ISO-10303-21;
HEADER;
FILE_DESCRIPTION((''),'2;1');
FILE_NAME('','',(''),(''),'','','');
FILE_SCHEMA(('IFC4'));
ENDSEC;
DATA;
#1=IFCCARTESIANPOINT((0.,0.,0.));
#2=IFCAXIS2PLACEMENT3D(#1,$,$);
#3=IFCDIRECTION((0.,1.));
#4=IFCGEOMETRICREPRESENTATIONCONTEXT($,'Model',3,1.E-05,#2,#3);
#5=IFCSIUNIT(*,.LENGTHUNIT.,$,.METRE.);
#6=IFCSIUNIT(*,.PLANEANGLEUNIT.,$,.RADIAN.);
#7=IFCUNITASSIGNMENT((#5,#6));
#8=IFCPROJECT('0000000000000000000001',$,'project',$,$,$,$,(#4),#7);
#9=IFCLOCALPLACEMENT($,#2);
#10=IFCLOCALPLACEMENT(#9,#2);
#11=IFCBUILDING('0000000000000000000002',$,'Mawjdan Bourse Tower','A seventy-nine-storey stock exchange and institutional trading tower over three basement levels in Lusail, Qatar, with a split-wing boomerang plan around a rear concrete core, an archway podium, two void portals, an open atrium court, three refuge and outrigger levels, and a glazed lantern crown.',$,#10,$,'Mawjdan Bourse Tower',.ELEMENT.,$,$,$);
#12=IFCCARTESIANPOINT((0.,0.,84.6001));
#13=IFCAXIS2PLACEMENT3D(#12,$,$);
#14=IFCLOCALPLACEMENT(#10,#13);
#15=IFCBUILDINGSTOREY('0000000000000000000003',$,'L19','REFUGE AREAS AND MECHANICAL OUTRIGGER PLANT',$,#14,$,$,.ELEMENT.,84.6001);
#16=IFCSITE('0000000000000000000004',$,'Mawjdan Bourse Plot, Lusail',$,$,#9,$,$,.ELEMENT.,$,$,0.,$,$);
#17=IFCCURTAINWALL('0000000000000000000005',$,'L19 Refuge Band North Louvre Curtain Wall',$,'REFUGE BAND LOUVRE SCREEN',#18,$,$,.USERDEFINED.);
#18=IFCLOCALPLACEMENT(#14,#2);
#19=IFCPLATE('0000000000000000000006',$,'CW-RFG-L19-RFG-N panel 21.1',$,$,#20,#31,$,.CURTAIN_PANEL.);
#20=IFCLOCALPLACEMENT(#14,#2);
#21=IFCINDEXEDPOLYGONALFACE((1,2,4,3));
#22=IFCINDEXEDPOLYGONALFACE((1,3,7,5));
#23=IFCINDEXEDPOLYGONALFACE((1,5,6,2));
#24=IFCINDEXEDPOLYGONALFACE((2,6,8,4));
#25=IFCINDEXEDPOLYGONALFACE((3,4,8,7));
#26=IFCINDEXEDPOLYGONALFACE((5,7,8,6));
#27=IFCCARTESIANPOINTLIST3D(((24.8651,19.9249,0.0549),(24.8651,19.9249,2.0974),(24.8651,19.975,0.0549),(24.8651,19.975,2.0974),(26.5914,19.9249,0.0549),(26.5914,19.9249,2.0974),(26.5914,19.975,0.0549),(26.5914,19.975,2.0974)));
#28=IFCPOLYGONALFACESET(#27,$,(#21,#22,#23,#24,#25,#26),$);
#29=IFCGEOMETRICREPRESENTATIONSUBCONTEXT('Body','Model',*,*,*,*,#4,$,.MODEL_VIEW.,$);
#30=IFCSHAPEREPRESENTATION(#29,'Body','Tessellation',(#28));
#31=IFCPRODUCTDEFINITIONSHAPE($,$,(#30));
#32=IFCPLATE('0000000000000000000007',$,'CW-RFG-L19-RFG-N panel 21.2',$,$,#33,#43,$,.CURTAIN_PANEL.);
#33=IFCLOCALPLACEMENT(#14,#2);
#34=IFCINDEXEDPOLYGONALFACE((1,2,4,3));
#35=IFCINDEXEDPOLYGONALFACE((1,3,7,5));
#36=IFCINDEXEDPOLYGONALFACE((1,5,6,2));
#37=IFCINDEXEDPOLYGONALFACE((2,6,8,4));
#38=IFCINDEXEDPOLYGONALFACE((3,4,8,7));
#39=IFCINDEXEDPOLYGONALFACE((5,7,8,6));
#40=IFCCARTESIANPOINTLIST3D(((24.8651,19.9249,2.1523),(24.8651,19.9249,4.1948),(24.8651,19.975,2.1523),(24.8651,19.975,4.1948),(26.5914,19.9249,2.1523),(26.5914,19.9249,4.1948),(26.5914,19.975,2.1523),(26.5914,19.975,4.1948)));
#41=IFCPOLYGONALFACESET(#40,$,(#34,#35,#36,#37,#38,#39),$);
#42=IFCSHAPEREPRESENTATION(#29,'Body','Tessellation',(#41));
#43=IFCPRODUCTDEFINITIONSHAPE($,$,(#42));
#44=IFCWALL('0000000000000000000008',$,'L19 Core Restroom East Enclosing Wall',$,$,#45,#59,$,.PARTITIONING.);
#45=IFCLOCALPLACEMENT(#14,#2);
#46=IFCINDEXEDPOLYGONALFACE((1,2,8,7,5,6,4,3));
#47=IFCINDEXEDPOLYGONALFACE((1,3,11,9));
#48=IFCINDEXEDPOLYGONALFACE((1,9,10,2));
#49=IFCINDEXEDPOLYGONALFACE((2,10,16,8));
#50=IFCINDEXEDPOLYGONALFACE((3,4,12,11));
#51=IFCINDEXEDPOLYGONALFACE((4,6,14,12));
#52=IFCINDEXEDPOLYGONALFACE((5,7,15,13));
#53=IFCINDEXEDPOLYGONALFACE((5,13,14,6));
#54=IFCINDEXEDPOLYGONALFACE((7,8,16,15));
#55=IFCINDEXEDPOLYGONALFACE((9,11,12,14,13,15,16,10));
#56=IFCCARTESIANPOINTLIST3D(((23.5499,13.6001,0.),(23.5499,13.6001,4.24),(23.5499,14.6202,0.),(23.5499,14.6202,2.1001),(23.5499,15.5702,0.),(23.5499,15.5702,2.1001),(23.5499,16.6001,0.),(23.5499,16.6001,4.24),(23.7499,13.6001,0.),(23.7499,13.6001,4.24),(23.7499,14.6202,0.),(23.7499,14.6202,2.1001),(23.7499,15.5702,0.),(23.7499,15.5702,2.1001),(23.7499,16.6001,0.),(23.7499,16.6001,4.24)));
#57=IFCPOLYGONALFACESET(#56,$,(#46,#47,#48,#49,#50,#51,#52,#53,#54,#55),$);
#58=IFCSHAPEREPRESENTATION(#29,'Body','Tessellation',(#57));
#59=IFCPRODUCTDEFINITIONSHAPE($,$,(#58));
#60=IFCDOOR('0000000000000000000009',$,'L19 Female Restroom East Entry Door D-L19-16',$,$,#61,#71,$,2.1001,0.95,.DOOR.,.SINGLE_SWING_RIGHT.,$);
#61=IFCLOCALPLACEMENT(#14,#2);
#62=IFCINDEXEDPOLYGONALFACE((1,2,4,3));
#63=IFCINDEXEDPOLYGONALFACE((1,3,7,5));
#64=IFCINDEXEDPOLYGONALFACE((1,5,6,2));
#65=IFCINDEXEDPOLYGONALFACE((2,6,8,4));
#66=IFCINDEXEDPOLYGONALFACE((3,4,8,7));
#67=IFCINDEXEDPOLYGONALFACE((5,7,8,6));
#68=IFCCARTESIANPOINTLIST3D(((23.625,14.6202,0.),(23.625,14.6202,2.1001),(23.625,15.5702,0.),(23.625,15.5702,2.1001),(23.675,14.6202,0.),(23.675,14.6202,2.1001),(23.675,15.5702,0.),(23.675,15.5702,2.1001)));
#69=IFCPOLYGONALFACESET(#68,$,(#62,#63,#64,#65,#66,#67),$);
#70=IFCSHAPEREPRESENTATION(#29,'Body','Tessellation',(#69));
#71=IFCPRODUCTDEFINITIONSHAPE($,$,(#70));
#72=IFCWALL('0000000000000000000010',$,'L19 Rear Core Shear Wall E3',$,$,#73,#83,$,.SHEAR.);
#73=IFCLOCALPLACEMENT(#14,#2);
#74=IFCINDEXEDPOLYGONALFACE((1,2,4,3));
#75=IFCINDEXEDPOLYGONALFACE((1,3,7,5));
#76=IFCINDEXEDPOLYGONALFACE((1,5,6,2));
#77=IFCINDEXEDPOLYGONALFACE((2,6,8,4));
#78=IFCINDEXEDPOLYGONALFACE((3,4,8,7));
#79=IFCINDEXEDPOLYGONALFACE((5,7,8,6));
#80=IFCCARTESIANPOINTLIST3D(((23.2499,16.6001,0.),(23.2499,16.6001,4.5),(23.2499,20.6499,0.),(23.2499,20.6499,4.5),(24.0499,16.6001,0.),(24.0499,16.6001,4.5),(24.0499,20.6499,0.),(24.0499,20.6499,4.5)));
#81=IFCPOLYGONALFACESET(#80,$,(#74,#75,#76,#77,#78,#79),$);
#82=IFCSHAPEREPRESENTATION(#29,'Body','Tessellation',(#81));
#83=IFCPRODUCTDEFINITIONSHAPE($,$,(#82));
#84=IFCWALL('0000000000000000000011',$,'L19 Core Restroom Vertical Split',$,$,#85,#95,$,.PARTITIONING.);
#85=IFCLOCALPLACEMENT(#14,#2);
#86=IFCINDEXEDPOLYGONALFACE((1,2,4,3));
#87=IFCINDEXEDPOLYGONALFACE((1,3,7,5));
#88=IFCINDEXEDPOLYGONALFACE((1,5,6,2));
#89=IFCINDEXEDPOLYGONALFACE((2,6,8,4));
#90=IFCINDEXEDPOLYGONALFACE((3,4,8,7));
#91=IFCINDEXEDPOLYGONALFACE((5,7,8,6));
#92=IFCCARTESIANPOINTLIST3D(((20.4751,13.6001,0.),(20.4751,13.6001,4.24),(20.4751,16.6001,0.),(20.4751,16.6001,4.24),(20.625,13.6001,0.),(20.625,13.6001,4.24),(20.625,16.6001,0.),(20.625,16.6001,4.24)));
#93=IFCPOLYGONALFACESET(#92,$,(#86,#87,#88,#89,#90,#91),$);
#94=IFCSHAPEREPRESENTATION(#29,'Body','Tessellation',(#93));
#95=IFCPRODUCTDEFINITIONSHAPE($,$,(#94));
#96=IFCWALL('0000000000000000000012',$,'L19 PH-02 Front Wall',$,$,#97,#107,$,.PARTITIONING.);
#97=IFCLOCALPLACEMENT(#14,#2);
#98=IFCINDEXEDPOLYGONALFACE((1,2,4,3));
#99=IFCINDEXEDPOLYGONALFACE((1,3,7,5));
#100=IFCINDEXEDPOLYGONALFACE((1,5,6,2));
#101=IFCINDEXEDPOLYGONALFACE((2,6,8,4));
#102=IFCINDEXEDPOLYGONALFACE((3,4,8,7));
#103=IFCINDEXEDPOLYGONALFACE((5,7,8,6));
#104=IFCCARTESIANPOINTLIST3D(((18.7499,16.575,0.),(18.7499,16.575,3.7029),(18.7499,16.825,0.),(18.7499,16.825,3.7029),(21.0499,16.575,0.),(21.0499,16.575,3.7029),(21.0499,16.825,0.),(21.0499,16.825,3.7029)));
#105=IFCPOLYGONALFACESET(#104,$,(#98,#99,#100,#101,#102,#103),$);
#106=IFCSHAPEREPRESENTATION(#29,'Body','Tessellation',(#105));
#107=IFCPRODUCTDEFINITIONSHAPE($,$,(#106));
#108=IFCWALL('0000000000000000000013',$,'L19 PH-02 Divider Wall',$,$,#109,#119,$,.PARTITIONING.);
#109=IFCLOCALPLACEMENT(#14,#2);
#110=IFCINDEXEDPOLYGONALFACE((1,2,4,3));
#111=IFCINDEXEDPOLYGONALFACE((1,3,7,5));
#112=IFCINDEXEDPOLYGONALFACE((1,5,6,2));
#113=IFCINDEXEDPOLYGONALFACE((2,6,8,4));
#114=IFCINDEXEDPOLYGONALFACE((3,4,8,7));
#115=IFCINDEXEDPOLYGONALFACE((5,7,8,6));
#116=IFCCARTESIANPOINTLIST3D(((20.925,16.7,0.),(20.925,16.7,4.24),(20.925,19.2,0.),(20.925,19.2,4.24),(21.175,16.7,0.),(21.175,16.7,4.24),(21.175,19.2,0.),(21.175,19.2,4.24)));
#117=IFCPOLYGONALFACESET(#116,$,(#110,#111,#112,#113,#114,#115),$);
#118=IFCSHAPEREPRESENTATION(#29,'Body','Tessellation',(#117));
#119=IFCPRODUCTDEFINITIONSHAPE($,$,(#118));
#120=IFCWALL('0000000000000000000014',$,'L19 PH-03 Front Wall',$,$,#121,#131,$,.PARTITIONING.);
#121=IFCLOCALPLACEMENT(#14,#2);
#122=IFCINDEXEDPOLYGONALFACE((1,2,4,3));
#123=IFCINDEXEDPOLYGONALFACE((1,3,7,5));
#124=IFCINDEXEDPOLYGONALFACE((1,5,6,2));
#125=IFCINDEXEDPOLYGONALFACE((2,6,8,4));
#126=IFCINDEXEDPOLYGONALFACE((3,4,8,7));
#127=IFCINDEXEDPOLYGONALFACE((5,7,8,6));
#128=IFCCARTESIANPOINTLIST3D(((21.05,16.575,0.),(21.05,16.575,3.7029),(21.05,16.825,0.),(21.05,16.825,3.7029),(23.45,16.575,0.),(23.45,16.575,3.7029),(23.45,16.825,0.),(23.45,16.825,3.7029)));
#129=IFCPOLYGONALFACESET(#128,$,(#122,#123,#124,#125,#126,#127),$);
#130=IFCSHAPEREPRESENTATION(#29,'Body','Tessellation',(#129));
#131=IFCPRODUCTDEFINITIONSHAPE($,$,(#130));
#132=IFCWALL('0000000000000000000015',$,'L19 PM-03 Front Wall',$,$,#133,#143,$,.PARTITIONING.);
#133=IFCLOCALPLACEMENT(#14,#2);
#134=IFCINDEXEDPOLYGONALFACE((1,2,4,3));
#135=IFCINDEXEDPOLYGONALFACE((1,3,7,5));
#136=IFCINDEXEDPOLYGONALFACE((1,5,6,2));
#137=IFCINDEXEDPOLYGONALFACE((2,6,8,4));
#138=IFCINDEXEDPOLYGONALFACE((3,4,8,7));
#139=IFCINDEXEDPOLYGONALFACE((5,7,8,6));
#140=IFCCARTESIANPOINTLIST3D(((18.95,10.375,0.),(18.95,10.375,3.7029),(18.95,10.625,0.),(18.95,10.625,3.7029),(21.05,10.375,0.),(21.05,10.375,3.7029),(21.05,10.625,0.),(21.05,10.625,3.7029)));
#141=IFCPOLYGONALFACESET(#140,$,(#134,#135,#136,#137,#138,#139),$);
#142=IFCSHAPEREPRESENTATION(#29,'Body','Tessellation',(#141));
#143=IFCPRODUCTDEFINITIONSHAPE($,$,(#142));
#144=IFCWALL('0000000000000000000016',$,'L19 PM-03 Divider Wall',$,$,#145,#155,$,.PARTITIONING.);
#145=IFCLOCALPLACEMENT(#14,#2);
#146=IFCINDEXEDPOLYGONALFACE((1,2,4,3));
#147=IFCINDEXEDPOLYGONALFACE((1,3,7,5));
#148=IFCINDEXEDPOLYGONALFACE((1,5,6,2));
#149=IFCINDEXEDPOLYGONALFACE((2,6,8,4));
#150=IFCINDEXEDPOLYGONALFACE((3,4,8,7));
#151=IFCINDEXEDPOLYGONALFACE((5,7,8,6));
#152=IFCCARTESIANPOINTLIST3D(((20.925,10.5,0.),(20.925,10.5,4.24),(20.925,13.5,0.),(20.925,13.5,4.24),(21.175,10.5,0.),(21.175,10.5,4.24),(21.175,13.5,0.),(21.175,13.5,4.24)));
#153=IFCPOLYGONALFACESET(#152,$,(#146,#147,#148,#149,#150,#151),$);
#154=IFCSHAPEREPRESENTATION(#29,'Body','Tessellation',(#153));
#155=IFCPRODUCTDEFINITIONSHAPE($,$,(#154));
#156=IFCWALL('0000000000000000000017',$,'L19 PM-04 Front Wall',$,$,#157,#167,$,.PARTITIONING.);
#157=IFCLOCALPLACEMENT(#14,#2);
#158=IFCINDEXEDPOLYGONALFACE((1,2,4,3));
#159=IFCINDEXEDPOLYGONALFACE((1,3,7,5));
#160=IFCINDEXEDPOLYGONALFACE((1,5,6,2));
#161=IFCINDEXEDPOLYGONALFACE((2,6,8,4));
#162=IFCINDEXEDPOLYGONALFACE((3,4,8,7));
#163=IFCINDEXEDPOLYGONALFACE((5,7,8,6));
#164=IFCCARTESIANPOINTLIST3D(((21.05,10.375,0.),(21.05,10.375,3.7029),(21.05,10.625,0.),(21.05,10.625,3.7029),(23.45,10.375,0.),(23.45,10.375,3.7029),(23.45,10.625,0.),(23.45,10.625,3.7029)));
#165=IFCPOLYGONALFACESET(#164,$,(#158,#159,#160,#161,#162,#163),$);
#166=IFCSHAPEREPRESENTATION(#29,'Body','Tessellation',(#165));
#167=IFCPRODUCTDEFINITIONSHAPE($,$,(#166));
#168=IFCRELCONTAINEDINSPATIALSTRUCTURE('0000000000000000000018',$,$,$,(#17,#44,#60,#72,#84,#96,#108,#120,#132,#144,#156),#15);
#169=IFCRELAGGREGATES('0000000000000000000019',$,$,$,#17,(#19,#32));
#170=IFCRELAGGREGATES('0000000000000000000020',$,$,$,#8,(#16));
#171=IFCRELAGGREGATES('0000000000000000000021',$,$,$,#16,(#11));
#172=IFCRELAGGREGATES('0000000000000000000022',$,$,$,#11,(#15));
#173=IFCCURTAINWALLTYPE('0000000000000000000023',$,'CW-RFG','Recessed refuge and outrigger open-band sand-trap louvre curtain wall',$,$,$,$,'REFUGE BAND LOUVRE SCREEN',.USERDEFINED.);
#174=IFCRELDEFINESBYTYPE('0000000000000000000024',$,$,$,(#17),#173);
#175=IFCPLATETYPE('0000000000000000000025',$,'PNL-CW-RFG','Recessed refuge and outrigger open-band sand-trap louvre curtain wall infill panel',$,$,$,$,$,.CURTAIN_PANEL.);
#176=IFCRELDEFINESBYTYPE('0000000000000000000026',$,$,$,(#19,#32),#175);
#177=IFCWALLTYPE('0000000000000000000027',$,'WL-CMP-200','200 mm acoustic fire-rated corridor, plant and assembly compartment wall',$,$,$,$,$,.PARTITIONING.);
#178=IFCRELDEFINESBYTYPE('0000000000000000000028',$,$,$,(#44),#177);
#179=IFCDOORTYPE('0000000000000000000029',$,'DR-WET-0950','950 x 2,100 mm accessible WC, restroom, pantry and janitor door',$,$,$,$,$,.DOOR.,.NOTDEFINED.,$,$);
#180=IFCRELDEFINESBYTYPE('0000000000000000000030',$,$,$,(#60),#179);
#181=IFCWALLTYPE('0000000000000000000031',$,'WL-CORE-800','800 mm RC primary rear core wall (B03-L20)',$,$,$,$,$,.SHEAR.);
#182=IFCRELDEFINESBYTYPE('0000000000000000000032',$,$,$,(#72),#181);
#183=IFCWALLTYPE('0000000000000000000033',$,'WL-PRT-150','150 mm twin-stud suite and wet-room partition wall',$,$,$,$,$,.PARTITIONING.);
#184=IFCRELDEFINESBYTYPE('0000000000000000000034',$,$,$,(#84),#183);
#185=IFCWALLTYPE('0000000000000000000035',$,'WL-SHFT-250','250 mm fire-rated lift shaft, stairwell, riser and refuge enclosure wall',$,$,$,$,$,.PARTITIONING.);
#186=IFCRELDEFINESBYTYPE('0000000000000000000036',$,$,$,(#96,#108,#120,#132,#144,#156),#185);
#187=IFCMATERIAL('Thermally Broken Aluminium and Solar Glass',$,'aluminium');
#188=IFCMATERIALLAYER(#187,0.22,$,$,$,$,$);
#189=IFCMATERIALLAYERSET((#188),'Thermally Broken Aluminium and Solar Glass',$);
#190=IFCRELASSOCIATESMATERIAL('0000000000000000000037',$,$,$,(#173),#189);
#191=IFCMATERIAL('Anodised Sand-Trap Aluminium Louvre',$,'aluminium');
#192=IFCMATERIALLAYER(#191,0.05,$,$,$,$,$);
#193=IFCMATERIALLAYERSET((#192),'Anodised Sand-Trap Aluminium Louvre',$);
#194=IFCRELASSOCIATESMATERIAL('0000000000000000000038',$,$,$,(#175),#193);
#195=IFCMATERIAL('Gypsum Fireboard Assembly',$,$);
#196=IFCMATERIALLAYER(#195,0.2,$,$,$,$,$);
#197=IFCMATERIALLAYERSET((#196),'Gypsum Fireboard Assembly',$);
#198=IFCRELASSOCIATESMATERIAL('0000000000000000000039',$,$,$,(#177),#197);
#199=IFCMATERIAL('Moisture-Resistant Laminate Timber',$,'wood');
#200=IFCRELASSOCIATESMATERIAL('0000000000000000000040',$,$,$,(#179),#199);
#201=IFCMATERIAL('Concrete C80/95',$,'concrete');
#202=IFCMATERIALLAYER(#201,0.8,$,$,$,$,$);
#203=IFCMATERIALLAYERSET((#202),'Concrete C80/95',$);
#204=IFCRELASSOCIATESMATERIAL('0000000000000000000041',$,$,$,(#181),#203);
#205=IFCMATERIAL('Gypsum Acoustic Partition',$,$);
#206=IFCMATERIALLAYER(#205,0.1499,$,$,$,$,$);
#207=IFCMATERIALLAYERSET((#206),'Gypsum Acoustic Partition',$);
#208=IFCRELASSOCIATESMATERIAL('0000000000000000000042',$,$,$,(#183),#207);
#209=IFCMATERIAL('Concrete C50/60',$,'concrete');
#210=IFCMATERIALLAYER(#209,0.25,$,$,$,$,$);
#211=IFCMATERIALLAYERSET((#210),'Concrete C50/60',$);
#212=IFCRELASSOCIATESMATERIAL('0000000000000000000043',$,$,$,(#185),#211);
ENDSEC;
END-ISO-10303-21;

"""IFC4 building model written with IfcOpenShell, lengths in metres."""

from ifc_helpers import new_model, si_unit, direction, frame, frame_2d, origin, origin_2d, place, context, subcontext, project, spatial, rectangle, extrude, material, layer, layer_set, type_object, element, fill, aggregate, save


model = new_model("IFC4")

# Units and contexts
model_context = context("Model", 3, precision=1e-05, world=origin(), true_north=direction((0.0, 1.0)))
body_context = subcontext(model_context, "Body", "Model", "MODEL_VIEW")
ifc_project = project(units=[si_unit("LENGTHUNIT", "METRE"), si_unit("PLANEANGLEUNIT", "RADIAN")], contexts=[model_context])

# Site, building, storey
site_placement = place(None, origin())
site = spatial("IfcSite", under=ifc_project, at=site_placement, Name="Mawjdan Bourse Plot, Lusail", CompositionType="ELEMENT", RefElevation=0.0)
building_placement = place(site_placement, origin())
building = spatial("IfcBuilding", under=site, at=building_placement, Name="Mawjdan Bourse Tower", Description="A seventy-nine-storey stock exchange and institutional trading tower over three basement levels in Lusail, Qatar, with a split-wing boomerang plan around a rear concrete core, an archway podium, two void portals, an open atrium court, three refuge and outrigger levels, and a glazed lantern crown.", LongName="Mawjdan Bourse Tower", CompositionType="ELEMENT")
storey_placement = place(building_placement, frame((0.0, 0.0, 84.6001)))
storey = spatial("IfcBuildingStorey", under=building, at=storey_placement, Name="L19", Description="REFUGE AREAS AND MECHANICAL OUTRIGGER PLANT", CompositionType="ELEMENT", Elevation=84.6001)

# Curtain wall, plates
ifc_material_1 = material(Name="Thermally Broken Aluminium and Solar Glass", Category="aluminium")
ifc_layer_1 = layer(ifc_material_1, 0.22)
ifc_layer_set_1 = layer_set([ifc_layer_1], Name="Thermally Broken Aluminium and Solar Glass")
curtain_wall_type = type_object("IfcCurtainWallType", Name="CW-RFG", Description="Recessed refuge and outrigger open-band sand-trap louvre curtain wall", ElementType="REFUGE BAND LOUVRE SCREEN", PredefinedType="USERDEFINED", material=ifc_layer_set_1)
curtain_wall_placement = place(storey_placement, origin())
curtain_wall = element("IfcCurtainWall", 1, at=curtain_wall_placement, inside=storey, type_object=curtain_wall_type, Name="L19 Refuge Band North Louvre Curtain Wall", ObjectType="REFUGE BAND LOUVRE SCREEN", PredefinedType="USERDEFINED")
ifc_material_2 = material(Name="Anodised Sand-Trap Aluminium Louvre", Category="aluminium")
ifc_layer_2 = layer(ifc_material_2, 0.05)
ifc_layer_set_2 = layer_set([ifc_layer_2], Name="Anodised Sand-Trap Aluminium Louvre")
plate_type = type_object("IfcPlateType", Name="PNL-CW-RFG", Description="Recessed refuge and outrigger open-band sand-trap louvre curtain wall infill panel", PredefinedType="CURTAIN_PANEL", material=ifc_layer_set_2)
plate_1_placement = place(storey_placement, frame((25.7283, 19.95, 0.0549), z_axis=(0.0, 0.0, 1.0), x_axis=(-1.0, 0.0, 0.0)))
plate_1 = element("IfcPlate", 2, at=plate_1_placement, type_object=plate_type, Name="CW-RFG-L19-RFG-N panel 21.1", PredefinedType="CURTAIN_PANEL", context=body_context, shape_type="SweptSolid", body=[
    extrude(rectangle(XDim=1.7263, YDim=0.05, at=origin_2d()), origin(), (0.0, 0.0, 1.0), 2.0425),
])
plate_2_placement = place(storey_placement, frame((25.7283, 19.95, 2.1523), z_axis=(0.0, 0.0, 1.0), x_axis=(-1.0, 0.0, 0.0)))
plate_2 = element("IfcPlate", 3, at=plate_2_placement, type_object=plate_type, Name="CW-RFG-L19-RFG-N panel 21.2", PredefinedType="CURTAIN_PANEL", context=body_context, shape_type="SweptSolid", body=[
    extrude(rectangle(XDim=1.7263, YDim=0.05, at=origin_2d()), origin(), (0.0, 0.0, 1.0), 2.0425),
])
aggregate(curtain_wall, [plate_1, plate_2])

# Wall, opening, door
ifc_material_3 = material(Name="Gypsum Fireboard Assembly")
ifc_layer_3 = layer(ifc_material_3, 0.2)
ifc_layer_set_3 = layer_set([ifc_layer_3], Name="Gypsum Fireboard Assembly")
wall_type_1 = type_object("IfcWallType", Name="WL-CMP-200", Description="200 mm acoustic fire-rated corridor, plant and assembly compartment wall", PredefinedType="PARTITIONING", material=ifc_layer_set_3)
wall_1_placement = place(storey_placement, frame((23.6499, 13.6001, 0.0), z_axis=(0.0, 0.0, 1.0), x_axis=(0.0, 1.0, 0.0)))
wall_1 = element("IfcWall", 4, at=wall_1_placement, inside=storey, type_object=wall_type_1, Name="L19 Core Restroom East Enclosing Wall", PredefinedType="PARTITIONING", context=body_context, shape_type="SweptSolid", body=[
    extrude(rectangle(XDim=3.0, YDim=0.2, at=frame_2d((1.5, 0.0))), origin(), (0.0, 0.0, 1.0), 4.24),
])
opening_1_placement = place(wall_1_placement, frame((1.02, 0.0, 0.0)))
opening_1 = element("IfcOpeningElement", 5, at=opening_1_placement, cuts=wall_1, PredefinedType="OPENING", context=body_context, shape_type="SweptSolid", body=[
    extrude(rectangle(XDim=0.95, YDim=2.1001, at=frame_2d((0.4751, 1.05))), frame((0.0, 0.1099, 0.0), z_axis=(0.0, -1.0, 0.0), x_axis=(1.0, 0.0, 0.0)), (0.0, 0.0, 1.0), 0.22),
])
ifc_material_4 = material(Name="Moisture-Resistant Laminate Timber", Category="wood")
door_type_1 = type_object("IfcDoorType", Name="DR-WET-0950", Description="950 x 2,100 mm accessible WC, restroom, pantry and janitor door", OperationType="NOTDEFINED", PredefinedType="DOOR", material=ifc_material_4)
door_1_placement = place(opening_1_placement, origin())
door_1 = element("IfcDoor", 6, at=door_1_placement, inside=storey, type_object=door_type_1, Name="L19 Female Restroom East Entry Door D-L19-16", OperationType="SINGLE_SWING_RIGHT", OverallHeight=2.1001, OverallWidth=0.95, PredefinedType="DOOR", context=body_context, shape_type="SweptSolid", body=[
    extrude(rectangle(XDim=0.95, YDim=2.1001, at=frame_2d((0.4751, 1.05))), frame((0.0, 0.0249, 0.0), z_axis=(0.0, -1.0, 0.0), x_axis=(1.0, 0.0, 0.0)), (0.0, 0.0, 1.0), 0.05),
])
fill(opening_1, door_1)

# Walls
ifc_material_5 = material(Name="Concrete C80/95", Category="concrete")
ifc_layer_4 = layer(ifc_material_5, 0.8)
ifc_layer_set_4 = layer_set([ifc_layer_4], Name="Concrete C80/95")
wall_type_2 = type_object("IfcWallType", Name="WL-CORE-800", Description="800 mm RC primary rear core wall (B03-L20)", PredefinedType="SHEAR", material=ifc_layer_set_4)
wall_2_placement = place(storey_placement, frame((23.6499, 16.6001, 0.0), z_axis=(0.0, 0.0, 1.0), x_axis=(0.0, 1.0, 0.0)))
element("IfcWall", 7, at=wall_2_placement, inside=storey, type_object=wall_type_2, Name="L19 Rear Core Shear Wall E3", PredefinedType="SHEAR", context=body_context, shape_type="SweptSolid", body=[
    extrude(rectangle(XDim=4.0498, YDim=0.8, at=frame_2d((2.0249, 0.0))), origin(), (0.0, 0.0, 1.0), 4.5),
])
ifc_material_6 = material(Name="Gypsum Acoustic Partition")
ifc_layer_5 = layer(ifc_material_6, 0.1499)
ifc_layer_set_5 = layer_set([ifc_layer_5], Name="Gypsum Acoustic Partition")
wall_type_3 = type_object("IfcWallType", Name="WL-PRT-150", Description="150 mm twin-stud suite and wet-room partition wall", PredefinedType="PARTITIONING", material=ifc_layer_set_5)
wall_3_placement = place(storey_placement, frame((20.55, 13.6001, 0.0), z_axis=(0.0, 0.0, 1.0), x_axis=(0.0, 1.0, 0.0)))
element("IfcWall", 8, at=wall_3_placement, inside=storey, type_object=wall_type_3, Name="L19 Core Restroom Vertical Split", PredefinedType="PARTITIONING", context=body_context, shape_type="SweptSolid", body=[
    extrude(rectangle(XDim=3.0, YDim=0.1499, at=frame_2d((1.5, 0.0))), origin(), (0.0, 0.0, 1.0), 4.24),
])
ifc_material_7 = material(Name="Concrete C50/60", Category="concrete")
ifc_layer_6 = layer(ifc_material_7, 0.25)
ifc_layer_set_6 = layer_set([ifc_layer_6], Name="Concrete C50/60")
wall_type_4 = type_object("IfcWallType", Name="WL-SHFT-250", Description="250 mm fire-rated lift shaft, stairwell, riser and refuge enclosure wall", PredefinedType="PARTITIONING", material=ifc_layer_set_6)
wall_4_placement = place(storey_placement, frame((18.75, 16.7, 0.0), z_axis=(0.0, 0.0, 1.0), x_axis=(1.0, 0.0, 0.0)))
element("IfcWall", 9, at=wall_4_placement, inside=storey, type_object=wall_type_4, Name="L19 PH-02 Front Wall", PredefinedType="PARTITIONING", context=body_context, shape_type="SweptSolid", body=[
    extrude(rectangle(XDim=2.3, YDim=0.25, at=frame_2d((1.1499, 0.0))), origin(), (0.0, 0.0, 1.0), 3.7029),
])
wall_5_placement = place(storey_placement, frame((21.05, 16.7, 0.0), z_axis=(0.0, 0.0, 1.0), x_axis=(0.0, 1.0, 0.0)))
element("IfcWall", 10, at=wall_5_placement, inside=storey, type_object=wall_type_4, Name="L19 PH-02 Divider Wall", PredefinedType="PARTITIONING", context=body_context, shape_type="SweptSolid", body=[
    extrude(rectangle(XDim=2.5, YDim=0.25, at=frame_2d((1.25, 0.0))), origin(), (0.0, 0.0, 1.0), 4.24),
])
wall_6_placement = place(storey_placement, frame((21.05, 16.7, 0.0), z_axis=(0.0, 0.0, 1.0), x_axis=(1.0, 0.0, 0.0)))
element("IfcWall", 11, at=wall_6_placement, inside=storey, type_object=wall_type_4, Name="L19 PH-03 Front Wall", PredefinedType="PARTITIONING", context=body_context, shape_type="SweptSolid", body=[
    extrude(rectangle(XDim=2.3999, YDim=0.25, at=frame_2d((1.2, 0.0))), origin(), (0.0, 0.0, 1.0), 3.7029),
])
wall_7_placement = place(storey_placement, frame((18.95, 10.5, 0.0), z_axis=(0.0, 0.0, 1.0), x_axis=(1.0, 0.0, 0.0)))
element("IfcWall", 12, at=wall_7_placement, inside=storey, type_object=wall_type_4, Name="L19 PM-03 Front Wall", PredefinedType="PARTITIONING", context=body_context, shape_type="SweptSolid", body=[
    extrude(rectangle(XDim=2.1001, YDim=0.25, at=frame_2d((1.05, 0.0))), origin(), (0.0, 0.0, 1.0), 3.7029),
])
wall_8_placement = place(storey_placement, frame((21.05, 10.5, 0.0), z_axis=(0.0, 0.0, 1.0), x_axis=(0.0, 1.0, 0.0)))
element("IfcWall", 13, at=wall_8_placement, inside=storey, type_object=wall_type_4, Name="L19 PM-03 Divider Wall", PredefinedType="PARTITIONING", context=body_context, shape_type="SweptSolid", body=[
    extrude(rectangle(XDim=3.0, YDim=0.25, at=frame_2d((1.5, 0.0))), origin(), (0.0, 0.0, 1.0), 4.24),
])
wall_9_placement = place(storey_placement, frame((21.05, 10.5, 0.0), z_axis=(0.0, 0.0, 1.0), x_axis=(1.0, 0.0, 0.0)))
element("IfcWall", 14, at=wall_9_placement, inside=storey, type_object=wall_type_4, Name="L19 PM-04 Front Wall", PredefinedType="PARTITIONING", context=body_context, shape_type="SweptSolid", body=[
    extrude(rectangle(XDim=2.3999, YDim=0.25, at=frame_2d((1.2, 0.0))), origin(), (0.0, 0.0, 1.0), 3.7029),
])

save(model, "model.ifc")
